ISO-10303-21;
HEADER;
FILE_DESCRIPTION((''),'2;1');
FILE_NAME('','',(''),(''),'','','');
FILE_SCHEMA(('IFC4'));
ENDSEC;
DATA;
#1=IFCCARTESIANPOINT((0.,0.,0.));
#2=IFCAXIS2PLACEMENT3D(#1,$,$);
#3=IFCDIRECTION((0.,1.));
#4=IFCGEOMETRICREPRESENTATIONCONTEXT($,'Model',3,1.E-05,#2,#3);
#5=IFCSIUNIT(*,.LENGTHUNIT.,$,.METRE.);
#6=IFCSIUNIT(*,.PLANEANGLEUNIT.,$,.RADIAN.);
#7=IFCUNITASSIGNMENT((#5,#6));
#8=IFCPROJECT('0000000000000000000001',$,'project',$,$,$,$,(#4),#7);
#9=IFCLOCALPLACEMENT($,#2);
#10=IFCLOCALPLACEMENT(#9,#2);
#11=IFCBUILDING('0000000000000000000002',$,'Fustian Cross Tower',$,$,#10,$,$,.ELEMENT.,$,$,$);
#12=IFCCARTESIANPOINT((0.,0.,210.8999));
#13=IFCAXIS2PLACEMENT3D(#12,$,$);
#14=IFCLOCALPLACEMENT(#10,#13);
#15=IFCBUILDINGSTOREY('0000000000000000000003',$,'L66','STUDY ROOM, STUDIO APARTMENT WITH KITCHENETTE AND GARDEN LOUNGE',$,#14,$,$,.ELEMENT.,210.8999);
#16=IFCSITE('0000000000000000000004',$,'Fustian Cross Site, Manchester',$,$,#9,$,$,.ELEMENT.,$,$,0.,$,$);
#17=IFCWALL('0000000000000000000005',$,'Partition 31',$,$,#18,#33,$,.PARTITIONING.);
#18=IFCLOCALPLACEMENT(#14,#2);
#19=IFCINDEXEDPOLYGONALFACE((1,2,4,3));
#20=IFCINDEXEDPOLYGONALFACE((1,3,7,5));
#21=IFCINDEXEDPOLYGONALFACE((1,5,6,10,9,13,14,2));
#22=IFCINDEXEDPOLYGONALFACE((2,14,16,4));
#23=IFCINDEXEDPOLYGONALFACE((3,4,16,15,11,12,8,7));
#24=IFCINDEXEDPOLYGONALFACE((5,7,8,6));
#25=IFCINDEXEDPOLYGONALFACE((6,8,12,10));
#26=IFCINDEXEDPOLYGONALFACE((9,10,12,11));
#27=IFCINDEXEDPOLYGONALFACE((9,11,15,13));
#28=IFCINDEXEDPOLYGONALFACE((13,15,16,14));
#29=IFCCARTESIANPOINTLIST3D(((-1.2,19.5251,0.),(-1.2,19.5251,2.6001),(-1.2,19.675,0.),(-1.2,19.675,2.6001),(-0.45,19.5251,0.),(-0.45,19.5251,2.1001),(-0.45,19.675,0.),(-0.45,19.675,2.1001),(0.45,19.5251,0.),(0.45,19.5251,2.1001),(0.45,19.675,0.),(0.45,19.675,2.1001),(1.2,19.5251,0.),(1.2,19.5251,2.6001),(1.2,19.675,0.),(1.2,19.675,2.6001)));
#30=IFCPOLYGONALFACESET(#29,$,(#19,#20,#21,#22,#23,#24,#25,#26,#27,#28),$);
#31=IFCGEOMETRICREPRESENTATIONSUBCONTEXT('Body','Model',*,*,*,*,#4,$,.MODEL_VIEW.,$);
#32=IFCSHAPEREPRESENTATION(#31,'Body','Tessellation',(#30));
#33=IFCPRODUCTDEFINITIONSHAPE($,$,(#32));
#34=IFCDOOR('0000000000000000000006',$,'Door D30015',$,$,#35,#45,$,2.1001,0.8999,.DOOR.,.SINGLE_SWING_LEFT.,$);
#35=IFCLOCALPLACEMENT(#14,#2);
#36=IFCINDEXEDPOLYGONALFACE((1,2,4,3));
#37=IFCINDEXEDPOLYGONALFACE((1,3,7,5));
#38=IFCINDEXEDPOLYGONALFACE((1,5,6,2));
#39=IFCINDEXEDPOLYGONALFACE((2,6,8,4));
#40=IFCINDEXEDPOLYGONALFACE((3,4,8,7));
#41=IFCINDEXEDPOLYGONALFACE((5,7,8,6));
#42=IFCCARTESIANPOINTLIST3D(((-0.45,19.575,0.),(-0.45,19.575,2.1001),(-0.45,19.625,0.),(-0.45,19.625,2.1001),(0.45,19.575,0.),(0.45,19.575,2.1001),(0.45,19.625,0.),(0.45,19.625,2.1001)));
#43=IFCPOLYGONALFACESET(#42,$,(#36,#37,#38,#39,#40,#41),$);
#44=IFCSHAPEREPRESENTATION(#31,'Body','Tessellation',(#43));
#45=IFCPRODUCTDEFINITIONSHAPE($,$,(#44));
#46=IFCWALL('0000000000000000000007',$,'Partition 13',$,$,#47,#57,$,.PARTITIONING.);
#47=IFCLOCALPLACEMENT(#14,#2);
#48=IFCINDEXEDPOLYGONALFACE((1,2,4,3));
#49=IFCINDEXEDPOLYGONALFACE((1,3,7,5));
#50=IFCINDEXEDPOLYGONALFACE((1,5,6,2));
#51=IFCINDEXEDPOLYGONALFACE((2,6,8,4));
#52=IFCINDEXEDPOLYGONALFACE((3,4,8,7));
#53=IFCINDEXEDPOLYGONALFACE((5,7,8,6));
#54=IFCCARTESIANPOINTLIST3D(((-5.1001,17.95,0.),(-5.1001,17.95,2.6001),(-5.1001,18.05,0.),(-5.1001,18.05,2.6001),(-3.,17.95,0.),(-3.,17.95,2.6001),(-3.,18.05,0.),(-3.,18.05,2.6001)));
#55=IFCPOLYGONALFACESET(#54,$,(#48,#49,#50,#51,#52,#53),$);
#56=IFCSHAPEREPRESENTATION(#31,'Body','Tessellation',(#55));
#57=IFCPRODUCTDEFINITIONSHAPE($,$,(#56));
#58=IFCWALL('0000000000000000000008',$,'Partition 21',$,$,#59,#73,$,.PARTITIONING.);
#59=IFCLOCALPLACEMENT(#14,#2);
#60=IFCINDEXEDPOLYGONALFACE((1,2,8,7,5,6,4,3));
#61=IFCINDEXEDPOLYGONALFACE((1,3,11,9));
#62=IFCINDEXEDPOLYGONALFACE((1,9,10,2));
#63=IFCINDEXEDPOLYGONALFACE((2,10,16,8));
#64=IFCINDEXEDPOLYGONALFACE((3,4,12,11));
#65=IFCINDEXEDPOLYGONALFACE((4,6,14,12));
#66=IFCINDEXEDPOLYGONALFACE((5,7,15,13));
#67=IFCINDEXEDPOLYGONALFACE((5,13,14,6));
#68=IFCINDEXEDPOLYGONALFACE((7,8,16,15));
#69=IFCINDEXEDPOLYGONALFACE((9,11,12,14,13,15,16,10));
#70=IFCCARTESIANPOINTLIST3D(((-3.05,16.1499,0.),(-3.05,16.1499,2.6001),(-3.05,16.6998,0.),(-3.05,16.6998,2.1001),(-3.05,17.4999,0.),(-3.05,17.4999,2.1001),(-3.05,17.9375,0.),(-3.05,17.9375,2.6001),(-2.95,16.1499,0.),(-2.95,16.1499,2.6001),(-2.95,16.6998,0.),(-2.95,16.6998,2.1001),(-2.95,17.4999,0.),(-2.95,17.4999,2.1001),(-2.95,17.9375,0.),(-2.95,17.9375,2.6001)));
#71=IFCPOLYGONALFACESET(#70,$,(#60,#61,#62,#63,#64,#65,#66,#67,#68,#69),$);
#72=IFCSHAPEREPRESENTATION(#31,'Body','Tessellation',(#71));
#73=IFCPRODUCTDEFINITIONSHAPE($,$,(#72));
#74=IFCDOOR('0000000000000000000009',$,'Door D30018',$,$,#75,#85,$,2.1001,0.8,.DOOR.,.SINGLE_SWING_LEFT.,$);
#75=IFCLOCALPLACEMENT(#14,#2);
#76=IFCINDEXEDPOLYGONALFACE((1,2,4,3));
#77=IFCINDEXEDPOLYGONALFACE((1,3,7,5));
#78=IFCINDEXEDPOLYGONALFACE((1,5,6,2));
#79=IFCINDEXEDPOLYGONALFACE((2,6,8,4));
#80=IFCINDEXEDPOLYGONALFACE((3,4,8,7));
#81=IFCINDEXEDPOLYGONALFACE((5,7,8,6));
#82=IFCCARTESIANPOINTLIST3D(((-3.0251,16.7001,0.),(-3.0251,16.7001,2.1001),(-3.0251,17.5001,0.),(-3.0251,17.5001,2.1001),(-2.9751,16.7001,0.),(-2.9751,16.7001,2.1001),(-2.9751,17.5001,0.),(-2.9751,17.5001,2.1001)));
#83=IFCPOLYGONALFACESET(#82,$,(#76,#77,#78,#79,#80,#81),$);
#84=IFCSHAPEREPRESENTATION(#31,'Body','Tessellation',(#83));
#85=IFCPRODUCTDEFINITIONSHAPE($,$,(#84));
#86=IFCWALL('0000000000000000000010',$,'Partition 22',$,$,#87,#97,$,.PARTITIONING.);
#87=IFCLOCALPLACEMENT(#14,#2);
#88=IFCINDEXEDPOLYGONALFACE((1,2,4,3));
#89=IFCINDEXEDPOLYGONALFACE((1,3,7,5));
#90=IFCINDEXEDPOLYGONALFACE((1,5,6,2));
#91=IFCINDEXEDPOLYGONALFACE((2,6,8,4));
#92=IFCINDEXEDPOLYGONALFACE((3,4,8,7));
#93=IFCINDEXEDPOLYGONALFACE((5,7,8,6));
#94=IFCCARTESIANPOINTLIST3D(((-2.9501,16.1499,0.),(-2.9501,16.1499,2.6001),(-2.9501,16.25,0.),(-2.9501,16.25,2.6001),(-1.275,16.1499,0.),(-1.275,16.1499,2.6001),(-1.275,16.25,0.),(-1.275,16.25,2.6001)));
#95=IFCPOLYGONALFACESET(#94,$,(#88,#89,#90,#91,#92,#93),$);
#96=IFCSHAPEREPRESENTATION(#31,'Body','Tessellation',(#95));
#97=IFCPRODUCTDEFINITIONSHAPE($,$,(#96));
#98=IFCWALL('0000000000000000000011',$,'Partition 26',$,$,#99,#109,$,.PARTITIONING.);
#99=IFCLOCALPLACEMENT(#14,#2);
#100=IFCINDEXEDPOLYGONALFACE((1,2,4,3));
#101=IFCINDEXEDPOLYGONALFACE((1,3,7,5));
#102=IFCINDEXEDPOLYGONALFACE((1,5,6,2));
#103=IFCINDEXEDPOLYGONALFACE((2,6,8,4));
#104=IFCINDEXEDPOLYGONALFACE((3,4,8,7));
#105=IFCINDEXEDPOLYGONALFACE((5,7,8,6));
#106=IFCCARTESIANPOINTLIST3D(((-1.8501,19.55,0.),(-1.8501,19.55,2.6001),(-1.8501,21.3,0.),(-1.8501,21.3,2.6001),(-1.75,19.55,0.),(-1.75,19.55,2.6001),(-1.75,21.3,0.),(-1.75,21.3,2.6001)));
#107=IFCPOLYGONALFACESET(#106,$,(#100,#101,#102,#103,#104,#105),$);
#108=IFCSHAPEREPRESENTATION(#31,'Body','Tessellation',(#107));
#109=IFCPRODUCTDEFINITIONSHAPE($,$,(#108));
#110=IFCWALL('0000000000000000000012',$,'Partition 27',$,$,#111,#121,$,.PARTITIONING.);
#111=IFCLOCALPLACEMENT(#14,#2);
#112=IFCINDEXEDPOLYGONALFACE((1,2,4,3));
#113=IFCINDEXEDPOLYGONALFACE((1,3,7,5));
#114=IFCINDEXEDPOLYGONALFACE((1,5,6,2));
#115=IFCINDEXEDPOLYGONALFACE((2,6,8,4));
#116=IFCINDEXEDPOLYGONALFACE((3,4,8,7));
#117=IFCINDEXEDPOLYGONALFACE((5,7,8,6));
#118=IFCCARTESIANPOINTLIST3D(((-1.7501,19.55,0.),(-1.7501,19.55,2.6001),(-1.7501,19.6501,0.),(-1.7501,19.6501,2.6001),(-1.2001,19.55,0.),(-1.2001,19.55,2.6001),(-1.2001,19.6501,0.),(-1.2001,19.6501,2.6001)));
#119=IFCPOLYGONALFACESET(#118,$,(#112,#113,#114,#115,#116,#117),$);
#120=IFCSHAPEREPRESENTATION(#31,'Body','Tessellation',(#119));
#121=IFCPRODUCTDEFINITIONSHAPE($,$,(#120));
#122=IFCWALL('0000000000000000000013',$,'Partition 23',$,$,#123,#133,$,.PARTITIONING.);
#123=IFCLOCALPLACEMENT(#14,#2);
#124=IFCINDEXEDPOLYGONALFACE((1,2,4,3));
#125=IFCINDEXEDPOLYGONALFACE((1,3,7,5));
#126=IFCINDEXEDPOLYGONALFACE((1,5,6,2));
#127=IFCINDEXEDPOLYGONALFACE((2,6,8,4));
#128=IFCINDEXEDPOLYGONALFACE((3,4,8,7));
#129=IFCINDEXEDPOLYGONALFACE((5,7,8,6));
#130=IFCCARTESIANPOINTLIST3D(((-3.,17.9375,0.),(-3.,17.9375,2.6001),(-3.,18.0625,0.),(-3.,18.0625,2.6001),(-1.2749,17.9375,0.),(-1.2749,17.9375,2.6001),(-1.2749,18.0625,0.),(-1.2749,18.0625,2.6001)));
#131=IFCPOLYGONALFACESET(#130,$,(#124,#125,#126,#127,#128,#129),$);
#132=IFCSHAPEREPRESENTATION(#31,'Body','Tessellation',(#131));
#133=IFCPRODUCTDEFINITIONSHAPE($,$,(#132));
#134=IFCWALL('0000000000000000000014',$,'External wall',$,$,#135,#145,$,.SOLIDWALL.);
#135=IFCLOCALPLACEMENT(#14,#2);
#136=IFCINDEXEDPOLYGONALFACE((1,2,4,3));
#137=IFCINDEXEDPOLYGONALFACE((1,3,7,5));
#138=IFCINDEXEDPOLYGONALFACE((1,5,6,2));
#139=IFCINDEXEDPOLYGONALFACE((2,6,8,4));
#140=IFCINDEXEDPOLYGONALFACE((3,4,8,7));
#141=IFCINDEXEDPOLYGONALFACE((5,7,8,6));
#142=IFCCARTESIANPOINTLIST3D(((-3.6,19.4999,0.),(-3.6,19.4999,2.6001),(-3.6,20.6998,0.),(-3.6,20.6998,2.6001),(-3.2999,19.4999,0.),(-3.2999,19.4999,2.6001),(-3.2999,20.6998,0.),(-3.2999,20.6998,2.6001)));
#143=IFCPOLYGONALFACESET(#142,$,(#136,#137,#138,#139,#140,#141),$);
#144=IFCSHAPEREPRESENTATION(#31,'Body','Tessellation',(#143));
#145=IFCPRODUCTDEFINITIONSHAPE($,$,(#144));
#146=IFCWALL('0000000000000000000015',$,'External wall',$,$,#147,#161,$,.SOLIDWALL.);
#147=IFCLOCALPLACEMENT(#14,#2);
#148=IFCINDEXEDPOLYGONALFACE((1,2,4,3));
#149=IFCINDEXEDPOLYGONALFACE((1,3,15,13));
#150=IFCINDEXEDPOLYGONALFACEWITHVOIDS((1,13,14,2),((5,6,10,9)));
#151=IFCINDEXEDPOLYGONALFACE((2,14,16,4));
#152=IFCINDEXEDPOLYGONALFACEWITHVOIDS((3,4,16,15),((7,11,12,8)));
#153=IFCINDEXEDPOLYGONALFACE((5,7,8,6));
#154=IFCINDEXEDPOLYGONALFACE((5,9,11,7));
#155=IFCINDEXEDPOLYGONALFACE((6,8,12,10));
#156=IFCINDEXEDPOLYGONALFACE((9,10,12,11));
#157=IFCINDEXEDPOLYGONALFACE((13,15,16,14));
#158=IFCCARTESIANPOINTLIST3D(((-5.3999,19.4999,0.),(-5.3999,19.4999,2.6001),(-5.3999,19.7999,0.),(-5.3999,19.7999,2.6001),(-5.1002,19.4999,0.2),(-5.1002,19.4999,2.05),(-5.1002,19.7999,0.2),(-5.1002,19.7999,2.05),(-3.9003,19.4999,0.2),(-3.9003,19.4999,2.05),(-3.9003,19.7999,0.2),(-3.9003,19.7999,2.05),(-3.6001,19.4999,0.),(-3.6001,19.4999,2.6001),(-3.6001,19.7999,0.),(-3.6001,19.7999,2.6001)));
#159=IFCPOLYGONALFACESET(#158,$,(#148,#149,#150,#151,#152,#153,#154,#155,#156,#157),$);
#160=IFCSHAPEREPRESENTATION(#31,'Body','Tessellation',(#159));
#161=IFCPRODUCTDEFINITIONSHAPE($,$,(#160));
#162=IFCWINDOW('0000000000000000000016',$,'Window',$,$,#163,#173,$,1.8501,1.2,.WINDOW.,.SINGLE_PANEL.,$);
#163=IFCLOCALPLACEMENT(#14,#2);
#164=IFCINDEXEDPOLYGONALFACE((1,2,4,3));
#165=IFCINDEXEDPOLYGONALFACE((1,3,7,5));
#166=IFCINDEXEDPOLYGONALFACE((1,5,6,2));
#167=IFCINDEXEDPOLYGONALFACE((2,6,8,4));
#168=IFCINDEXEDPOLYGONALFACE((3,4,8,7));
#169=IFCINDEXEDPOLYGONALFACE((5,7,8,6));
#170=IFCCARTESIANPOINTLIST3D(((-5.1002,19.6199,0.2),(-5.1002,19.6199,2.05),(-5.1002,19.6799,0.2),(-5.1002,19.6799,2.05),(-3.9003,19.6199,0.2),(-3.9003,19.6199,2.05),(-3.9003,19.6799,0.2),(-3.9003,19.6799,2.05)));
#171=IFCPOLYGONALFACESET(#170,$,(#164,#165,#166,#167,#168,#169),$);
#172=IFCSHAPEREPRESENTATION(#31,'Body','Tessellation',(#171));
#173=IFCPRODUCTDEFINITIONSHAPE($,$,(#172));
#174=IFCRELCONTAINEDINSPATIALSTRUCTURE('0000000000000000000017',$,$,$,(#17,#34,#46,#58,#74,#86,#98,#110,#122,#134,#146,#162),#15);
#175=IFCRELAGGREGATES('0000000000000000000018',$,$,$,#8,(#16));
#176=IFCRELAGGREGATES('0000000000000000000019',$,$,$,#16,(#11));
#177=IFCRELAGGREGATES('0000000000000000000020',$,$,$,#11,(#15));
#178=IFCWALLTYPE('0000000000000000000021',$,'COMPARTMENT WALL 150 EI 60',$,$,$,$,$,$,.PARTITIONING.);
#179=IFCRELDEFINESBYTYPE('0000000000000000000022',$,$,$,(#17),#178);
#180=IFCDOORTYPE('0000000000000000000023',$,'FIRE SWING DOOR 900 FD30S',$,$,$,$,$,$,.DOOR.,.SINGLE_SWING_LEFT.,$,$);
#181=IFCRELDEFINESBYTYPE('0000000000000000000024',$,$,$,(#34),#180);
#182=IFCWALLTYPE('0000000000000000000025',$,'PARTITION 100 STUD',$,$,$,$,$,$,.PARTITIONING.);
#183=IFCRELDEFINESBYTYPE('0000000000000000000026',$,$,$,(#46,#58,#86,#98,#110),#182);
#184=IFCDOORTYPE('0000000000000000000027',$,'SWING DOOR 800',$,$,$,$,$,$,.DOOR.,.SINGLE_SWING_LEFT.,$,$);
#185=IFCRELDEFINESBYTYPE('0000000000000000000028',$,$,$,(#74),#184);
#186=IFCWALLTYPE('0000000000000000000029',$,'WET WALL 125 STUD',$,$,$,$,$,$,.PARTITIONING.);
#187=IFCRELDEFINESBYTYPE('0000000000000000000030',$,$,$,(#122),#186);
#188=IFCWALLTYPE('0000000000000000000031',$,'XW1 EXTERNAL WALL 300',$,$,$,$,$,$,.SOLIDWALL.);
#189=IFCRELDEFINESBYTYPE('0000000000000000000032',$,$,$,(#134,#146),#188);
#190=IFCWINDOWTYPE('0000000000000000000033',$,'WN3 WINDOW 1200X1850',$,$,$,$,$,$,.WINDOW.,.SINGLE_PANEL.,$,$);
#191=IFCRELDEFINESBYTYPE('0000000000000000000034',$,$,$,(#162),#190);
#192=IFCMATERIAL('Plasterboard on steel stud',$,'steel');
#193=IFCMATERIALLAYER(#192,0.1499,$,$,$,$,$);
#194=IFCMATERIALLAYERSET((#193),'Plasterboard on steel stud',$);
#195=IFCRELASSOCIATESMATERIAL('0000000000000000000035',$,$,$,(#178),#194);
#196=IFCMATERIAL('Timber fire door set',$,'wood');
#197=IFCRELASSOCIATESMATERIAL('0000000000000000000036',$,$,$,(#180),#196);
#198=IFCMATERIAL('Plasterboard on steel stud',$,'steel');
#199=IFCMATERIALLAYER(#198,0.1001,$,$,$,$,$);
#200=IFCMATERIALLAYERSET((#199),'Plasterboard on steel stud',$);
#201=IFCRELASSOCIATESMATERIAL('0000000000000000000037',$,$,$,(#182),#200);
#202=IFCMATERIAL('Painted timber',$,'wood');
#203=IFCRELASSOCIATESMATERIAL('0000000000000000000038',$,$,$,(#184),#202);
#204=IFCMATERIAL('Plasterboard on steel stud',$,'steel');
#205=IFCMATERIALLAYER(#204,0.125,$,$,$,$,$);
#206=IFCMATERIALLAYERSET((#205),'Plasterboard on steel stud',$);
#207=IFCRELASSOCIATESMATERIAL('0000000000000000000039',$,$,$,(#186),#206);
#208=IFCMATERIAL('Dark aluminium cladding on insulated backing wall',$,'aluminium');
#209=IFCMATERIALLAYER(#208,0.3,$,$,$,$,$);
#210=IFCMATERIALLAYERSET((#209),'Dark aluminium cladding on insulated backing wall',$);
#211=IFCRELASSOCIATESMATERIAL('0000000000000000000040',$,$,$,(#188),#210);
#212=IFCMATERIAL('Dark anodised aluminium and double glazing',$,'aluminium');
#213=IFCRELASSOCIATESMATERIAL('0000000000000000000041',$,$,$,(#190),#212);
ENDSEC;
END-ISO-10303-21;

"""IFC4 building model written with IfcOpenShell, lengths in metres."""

from ifc_helpers import new_model, si_unit, direction, frame, frame_2d, origin, place, context, subcontext, project, spatial, rectangle, extrude, material, layer, layer_set, type_object, element, fill, save


model = new_model("IFC4")

# Units and contexts
model_context = context("Model", 3, precision=1e-05, world=origin(), true_north=direction((0.0, 1.0)))
body_context = subcontext(model_context, "Body", "Model", "MODEL_VIEW")
ifc_project = project(units=[si_unit("LENGTHUNIT", "METRE"), si_unit("PLANEANGLEUNIT", "RADIAN")], contexts=[model_context])

# Site, building, storey
site_placement = place(None, origin())
site = spatial("IfcSite", under=ifc_project, at=site_placement, Name="Fustian Cross Site, Manchester", CompositionType="ELEMENT", RefElevation=0.0)
building_placement = place(site_placement, origin())
building = spatial("IfcBuilding", under=site, at=building_placement, Name="Fustian Cross Tower", CompositionType="ELEMENT")
storey_placement = place(building_placement, frame((0.0, 0.0, 210.8999)))
storey = spatial("IfcBuildingStorey", under=building, at=storey_placement, Name="L66", Description="STUDY ROOM, STUDIO APARTMENT WITH KITCHENETTE AND GARDEN LOUNGE", CompositionType="ELEMENT", Elevation=210.8999)

# Wall, opening, door
ifc_material_1 = material(Name="Plasterboard on steel stud", Category="steel")
ifc_layer_1 = layer(ifc_material_1, 0.1499)
ifc_layer_set_1 = layer_set([ifc_layer_1], Name="Plasterboard on steel stud")
wall_type_1 = type_object("IfcWallType", Name="COMPARTMENT WALL 150 EI 60", PredefinedType="PARTITIONING", material=ifc_layer_set_1)
wall_1_placement = place(storey_placement, frame((-1.2, 19.6001, 0.0), z_axis=(0.0, 0.0, 1.0), x_axis=(1.0, 0.0, 0.0)))
wall_1 = element("IfcWall", 1, at=wall_1_placement, inside=storey, type_object=wall_type_1, Name="Partition 31", PredefinedType="PARTITIONING", context=body_context, shape_type="SweptSolid", body=[
    extrude(rectangle(XDim=2.3999, YDim=0.1499, at=frame_2d((1.2, 0.0))), origin(), (0.0, 0.0, 1.0), 2.6001),
])
opening_1_placement = place(wall_1_placement, frame((0.75, 0.0, 0.0)))
opening_1 = element("IfcOpeningElement", 2, at=opening_1_placement, cuts=wall_1, PredefinedType="OPENING", context=body_context, shape_type="SweptSolid", body=[
    extrude(rectangle(XDim=0.8999, YDim=2.1001, at=frame_2d((0.45, 1.05))), frame((0.0, 0.085, 0.0), z_axis=(0.0, -1.0, 0.0), x_axis=(1.0, 0.0, 0.0)), (0.0, 0.0, 1.0), 0.1699),
])
ifc_material_2 = material(Name="Timber fire door set", Category="wood")
door_type_1 = type_object("IfcDoorType", Name="FIRE SWING DOOR 900 FD30S", OperationType="SINGLE_SWING_LEFT", PredefinedType="DOOR", material=ifc_material_2)
door_1_placement = place(opening_1_placement, origin())
door_1 = element("IfcDoor", 3, at=door_1_placement, inside=storey, type_object=door_type_1, Name="Door D30015", OperationType="SINGLE_SWING_LEFT", OverallHeight=2.1001, OverallWidth=0.8999, PredefinedType="DOOR", context=body_context, shape_type="SweptSolid", body=[
    extrude(rectangle(XDim=0.8999, YDim=2.1001, at=frame_2d((0.45, 1.05))), frame((0.0, 0.0249, 0.0), z_axis=(0.0, -1.0, 0.0), x_axis=(1.0, 0.0, 0.0)), (0.0, 0.0, 1.0), 0.05),
])
fill(opening_1, door_1)

# Wall
ifc_material_3 = material(Name="Plasterboard on steel stud", Category="steel")
ifc_layer_2 = layer(ifc_material_3, 0.1001)
ifc_layer_set_2 = layer_set([ifc_layer_2], Name="Plasterboard on steel stud")
wall_type_2 = type_object("IfcWallType", Name="PARTITION 100 STUD", PredefinedType="PARTITIONING", material=ifc_layer_set_2)
wall_2_placement = place(storey_placement, frame((-5.1001, 18.0, 0.0), z_axis=(0.0, 0.0, 1.0), x_axis=(1.0, 0.0, 0.0)))
element("IfcWall", 4, at=wall_2_placement, inside=storey, type_object=wall_type_2, Name="Partition 13", PredefinedType="PARTITIONING", context=body_context, shape_type="SweptSolid", body=[
    extrude(rectangle(XDim=2.1001, YDim=0.1001, at=frame_2d((1.05, 0.0))), origin(), (0.0, 0.0, 1.0), 2.6001),
])

# Wall, opening, door
wall_3_placement = place(storey_placement, frame((-3.0, 16.1499, 0.0), z_axis=(0.0, 0.0, 1.0), x_axis=(0.0, 1.0, 0.0)))
wall_3 = element("IfcWall", 5, at=wall_3_placement, inside=storey, type_object=wall_type_2, Name="Partition 21", PredefinedType="PARTITIONING", context=body_context, shape_type="SweptSolid", body=[
    extrude(rectangle(XDim=1.7876, YDim=0.1001, at=frame_2d((0.8938, 0.0))), origin(), (0.0, 0.0, 1.0), 2.6001),
])
opening_2_placement = place(wall_3_placement, frame((0.55, 0.0, 0.0)))
opening_2 = element("IfcOpeningElement", 6, at=opening_2_placement, cuts=wall_3, PredefinedType="OPENING", context=body_context, shape_type="SweptSolid", body=[
    extrude(rectangle(XDim=0.8, YDim=2.1001, at=frame_2d((0.3999, 1.05))), frame((0.0, 0.0601, 0.0), z_axis=(0.0, -1.0, 0.0), x_axis=(1.0, 0.0, 0.0)), (0.0, 0.0, 1.0), 0.1201),
])
ifc_material_4 = material(Name="Painted timber", Category="wood")
door_type_2 = type_object("IfcDoorType", Name="SWING DOOR 800", OperationType="SINGLE_SWING_LEFT", PredefinedType="DOOR", material=ifc_material_4)
door_2_placement = place(opening_2_placement, frame((0.8, 0.0, 0.0), z_axis=(0.0, 0.0, 1.0), x_axis=(-1.0, 0.0, 0.0)))
door_2 = element("IfcDoor", 7, at=door_2_placement, inside=storey, type_object=door_type_2, Name="Door D30018", OperationType="SINGLE_SWING_LEFT", OverallHeight=2.1001, OverallWidth=0.8, PredefinedType="DOOR", context=body_context, shape_type="SweptSolid", body=[
    extrude(rectangle(XDim=0.8, YDim=2.1001, at=frame_2d((0.3999, 1.05))), frame((0.0, 0.0249, 0.0), z_axis=(0.0, -1.0, 0.0), x_axis=(1.0, 0.0, 0.0)), (0.0, 0.0, 1.0), 0.05),
])
fill(opening_2, door_2)

# Walls
wall_4_placement = place(storey_placement, frame((-2.95, 16.2, 0.0), z_axis=(0.0, 0.0, 1.0), x_axis=(1.0, 0.0, 0.0)))
element("IfcWall", 8, at=wall_4_placement, inside=storey, type_object=wall_type_2, Name="Partition 22", PredefinedType="PARTITIONING", context=body_context, shape_type="SweptSolid", body=[
    extrude(rectangle(XDim=1.675, YDim=0.1001, at=frame_2d((0.8374, 0.0))), origin(), (0.0, 0.0, 1.0), 2.6001),
])
wall_5_placement = place(storey_placement, frame((-1.8, 19.55, 0.0), z_axis=(0.0, 0.0, 1.0), x_axis=(0.0, 1.0, 0.0)))
element("IfcWall", 9, at=wall_5_placement, inside=storey, type_object=wall_type_2, Name="Partition 26", PredefinedType="PARTITIONING", context=body_context, shape_type="SweptSolid", body=[
    extrude(rectangle(XDim=1.75, YDim=0.1001, at=frame_2d((0.875, 0.0))), origin(), (0.0, 0.0, 1.0), 2.6001),
])
wall_6_placement = place(storey_placement, frame((-1.75, 19.6001, 0.0), z_axis=(0.0, 0.0, 1.0), x_axis=(1.0, 0.0, 0.0)))
element("IfcWall", 10, at=wall_6_placement, inside=storey, type_object=wall_type_2, Name="Partition 27", PredefinedType="PARTITIONING", context=body_context, shape_type="SweptSolid", body=[
    extrude(rectangle(XDim=0.55, YDim=0.1001, at=frame_2d((0.2749, 0.0))), origin(), (0.0, 0.0, 1.0), 2.6001),
])
ifc_material_5 = material(Name="Plasterboard on steel stud", Category="steel")
ifc_layer_3 = layer(ifc_material_5, 0.125)
ifc_layer_set_3 = layer_set([ifc_layer_3], Name="Plasterboard on steel stud")
wall_type_3 = type_object("IfcWallType", Name="WET WALL 125 STUD", PredefinedType="PARTITIONING", material=ifc_layer_set_3)
wall_7_placement = place(storey_placement, frame((-3.0, 18.0, 0.0), z_axis=(0.0, 0.0, 1.0), x_axis=(1.0, 0.0, 0.0)))
element("IfcWall", 11, at=wall_7_placement, inside=storey, type_object=wall_type_3, Name="Partition 23", PredefinedType="PARTITIONING", context=body_context, shape_type="SweptSolid", body=[
    extrude(rectangle(XDim=1.7251, YDim=0.125, at=frame_2d((0.8625, 0.0))), origin(), (0.0, 0.0, 1.0), 2.6001),
])
ifc_material_6 = material(Name="Dark aluminium cladding on insulated backing wall", Category="aluminium")
ifc_layer_4 = layer(ifc_material_6, 0.3)
ifc_layer_set_4 = layer_set([ifc_layer_4], Name="Dark aluminium cladding on insulated backing wall")
wall_type_4 = type_object("IfcWallType", Name="XW1 EXTERNAL WALL 300", PredefinedType="SOLIDWALL", material=ifc_layer_set_4)
wall_8_placement = place(storey_placement, frame((-3.45, 20.7, 0.0), z_axis=(0.0, 0.0, 1.0), x_axis=(0.0, -1.0, 0.0)))
element("IfcWall", 12, at=wall_8_placement, inside=storey, type_object=wall_type_4, Name="External wall", PredefinedType="SOLIDWALL", context=body_context, shape_type="SweptSolid", body=[
    extrude(rectangle(XDim=1.2, YDim=0.3, at=frame_2d((0.6001, 0.0))), origin(), (0.0, 0.0, 1.0), 2.6001),
])

# Wall, opening, window
wall_9_placement = place(storey_placement, frame((-3.6001, 19.6499, 0.0), z_axis=(0.0, 0.0, 1.0), x_axis=(-1.0, 0.0, 0.0)))
wall_9 = element("IfcWall", 13, at=wall_9_placement, inside=storey, type_object=wall_type_4, Name="External wall", PredefinedType="SOLIDWALL", context=body_context, shape_type="SweptSolid", body=[
    extrude(rectangle(XDim=1.7998, YDim=0.3, at=frame_2d((0.8999, 0.0))), origin(), (0.0, 0.0, 1.0), 2.6001),
])
opening_3_placement = place(wall_9_placement, frame((0.3, 0.0, 0.2)))
opening_3 = element("IfcOpeningElement", 14, at=opening_3_placement, cuts=wall_9, PredefinedType="OPENING", context=body_context, shape_type="SweptSolid", body=[
    extrude(rectangle(XDim=1.2, YDim=1.8501, at=frame_2d((0.6001, 0.925))), frame((0.0, 0.1599, 0.0), z_axis=(0.0, -1.0, 0.0), x_axis=(1.0, 0.0, 0.0)), (0.0, 0.0, 1.0), 0.3201),
])
ifc_material_7 = material(Name="Dark anodised aluminium and double glazing", Category="aluminium")
window_type = type_object("IfcWindowType", Name="WN3 WINDOW 1200X1850", PartitioningType="SINGLE_PANEL", PredefinedType="WINDOW", material=ifc_material_7)
window_1_placement = place(opening_3_placement, origin())
window_1 = element("IfcWindow", 15, at=window_1_placement, inside=storey, type_object=window_type, Name="Window", OverallHeight=1.8501, OverallWidth=1.2, PartitioningType="SINGLE_PANEL", PredefinedType="WINDOW", context=body_context, shape_type="SweptSolid", body=[
    extrude(rectangle(XDim=1.2, YDim=1.8501, at=frame_2d((0.6001, 0.925))), frame((0.0, 0.03, 0.0), z_axis=(0.0, -1.0, 0.0), x_axis=(1.0, 0.0, 0.0)), (0.0, 0.0, 1.0), 0.0601),
])
fill(opening_3, window_1)

save(model, "model.ifc")
